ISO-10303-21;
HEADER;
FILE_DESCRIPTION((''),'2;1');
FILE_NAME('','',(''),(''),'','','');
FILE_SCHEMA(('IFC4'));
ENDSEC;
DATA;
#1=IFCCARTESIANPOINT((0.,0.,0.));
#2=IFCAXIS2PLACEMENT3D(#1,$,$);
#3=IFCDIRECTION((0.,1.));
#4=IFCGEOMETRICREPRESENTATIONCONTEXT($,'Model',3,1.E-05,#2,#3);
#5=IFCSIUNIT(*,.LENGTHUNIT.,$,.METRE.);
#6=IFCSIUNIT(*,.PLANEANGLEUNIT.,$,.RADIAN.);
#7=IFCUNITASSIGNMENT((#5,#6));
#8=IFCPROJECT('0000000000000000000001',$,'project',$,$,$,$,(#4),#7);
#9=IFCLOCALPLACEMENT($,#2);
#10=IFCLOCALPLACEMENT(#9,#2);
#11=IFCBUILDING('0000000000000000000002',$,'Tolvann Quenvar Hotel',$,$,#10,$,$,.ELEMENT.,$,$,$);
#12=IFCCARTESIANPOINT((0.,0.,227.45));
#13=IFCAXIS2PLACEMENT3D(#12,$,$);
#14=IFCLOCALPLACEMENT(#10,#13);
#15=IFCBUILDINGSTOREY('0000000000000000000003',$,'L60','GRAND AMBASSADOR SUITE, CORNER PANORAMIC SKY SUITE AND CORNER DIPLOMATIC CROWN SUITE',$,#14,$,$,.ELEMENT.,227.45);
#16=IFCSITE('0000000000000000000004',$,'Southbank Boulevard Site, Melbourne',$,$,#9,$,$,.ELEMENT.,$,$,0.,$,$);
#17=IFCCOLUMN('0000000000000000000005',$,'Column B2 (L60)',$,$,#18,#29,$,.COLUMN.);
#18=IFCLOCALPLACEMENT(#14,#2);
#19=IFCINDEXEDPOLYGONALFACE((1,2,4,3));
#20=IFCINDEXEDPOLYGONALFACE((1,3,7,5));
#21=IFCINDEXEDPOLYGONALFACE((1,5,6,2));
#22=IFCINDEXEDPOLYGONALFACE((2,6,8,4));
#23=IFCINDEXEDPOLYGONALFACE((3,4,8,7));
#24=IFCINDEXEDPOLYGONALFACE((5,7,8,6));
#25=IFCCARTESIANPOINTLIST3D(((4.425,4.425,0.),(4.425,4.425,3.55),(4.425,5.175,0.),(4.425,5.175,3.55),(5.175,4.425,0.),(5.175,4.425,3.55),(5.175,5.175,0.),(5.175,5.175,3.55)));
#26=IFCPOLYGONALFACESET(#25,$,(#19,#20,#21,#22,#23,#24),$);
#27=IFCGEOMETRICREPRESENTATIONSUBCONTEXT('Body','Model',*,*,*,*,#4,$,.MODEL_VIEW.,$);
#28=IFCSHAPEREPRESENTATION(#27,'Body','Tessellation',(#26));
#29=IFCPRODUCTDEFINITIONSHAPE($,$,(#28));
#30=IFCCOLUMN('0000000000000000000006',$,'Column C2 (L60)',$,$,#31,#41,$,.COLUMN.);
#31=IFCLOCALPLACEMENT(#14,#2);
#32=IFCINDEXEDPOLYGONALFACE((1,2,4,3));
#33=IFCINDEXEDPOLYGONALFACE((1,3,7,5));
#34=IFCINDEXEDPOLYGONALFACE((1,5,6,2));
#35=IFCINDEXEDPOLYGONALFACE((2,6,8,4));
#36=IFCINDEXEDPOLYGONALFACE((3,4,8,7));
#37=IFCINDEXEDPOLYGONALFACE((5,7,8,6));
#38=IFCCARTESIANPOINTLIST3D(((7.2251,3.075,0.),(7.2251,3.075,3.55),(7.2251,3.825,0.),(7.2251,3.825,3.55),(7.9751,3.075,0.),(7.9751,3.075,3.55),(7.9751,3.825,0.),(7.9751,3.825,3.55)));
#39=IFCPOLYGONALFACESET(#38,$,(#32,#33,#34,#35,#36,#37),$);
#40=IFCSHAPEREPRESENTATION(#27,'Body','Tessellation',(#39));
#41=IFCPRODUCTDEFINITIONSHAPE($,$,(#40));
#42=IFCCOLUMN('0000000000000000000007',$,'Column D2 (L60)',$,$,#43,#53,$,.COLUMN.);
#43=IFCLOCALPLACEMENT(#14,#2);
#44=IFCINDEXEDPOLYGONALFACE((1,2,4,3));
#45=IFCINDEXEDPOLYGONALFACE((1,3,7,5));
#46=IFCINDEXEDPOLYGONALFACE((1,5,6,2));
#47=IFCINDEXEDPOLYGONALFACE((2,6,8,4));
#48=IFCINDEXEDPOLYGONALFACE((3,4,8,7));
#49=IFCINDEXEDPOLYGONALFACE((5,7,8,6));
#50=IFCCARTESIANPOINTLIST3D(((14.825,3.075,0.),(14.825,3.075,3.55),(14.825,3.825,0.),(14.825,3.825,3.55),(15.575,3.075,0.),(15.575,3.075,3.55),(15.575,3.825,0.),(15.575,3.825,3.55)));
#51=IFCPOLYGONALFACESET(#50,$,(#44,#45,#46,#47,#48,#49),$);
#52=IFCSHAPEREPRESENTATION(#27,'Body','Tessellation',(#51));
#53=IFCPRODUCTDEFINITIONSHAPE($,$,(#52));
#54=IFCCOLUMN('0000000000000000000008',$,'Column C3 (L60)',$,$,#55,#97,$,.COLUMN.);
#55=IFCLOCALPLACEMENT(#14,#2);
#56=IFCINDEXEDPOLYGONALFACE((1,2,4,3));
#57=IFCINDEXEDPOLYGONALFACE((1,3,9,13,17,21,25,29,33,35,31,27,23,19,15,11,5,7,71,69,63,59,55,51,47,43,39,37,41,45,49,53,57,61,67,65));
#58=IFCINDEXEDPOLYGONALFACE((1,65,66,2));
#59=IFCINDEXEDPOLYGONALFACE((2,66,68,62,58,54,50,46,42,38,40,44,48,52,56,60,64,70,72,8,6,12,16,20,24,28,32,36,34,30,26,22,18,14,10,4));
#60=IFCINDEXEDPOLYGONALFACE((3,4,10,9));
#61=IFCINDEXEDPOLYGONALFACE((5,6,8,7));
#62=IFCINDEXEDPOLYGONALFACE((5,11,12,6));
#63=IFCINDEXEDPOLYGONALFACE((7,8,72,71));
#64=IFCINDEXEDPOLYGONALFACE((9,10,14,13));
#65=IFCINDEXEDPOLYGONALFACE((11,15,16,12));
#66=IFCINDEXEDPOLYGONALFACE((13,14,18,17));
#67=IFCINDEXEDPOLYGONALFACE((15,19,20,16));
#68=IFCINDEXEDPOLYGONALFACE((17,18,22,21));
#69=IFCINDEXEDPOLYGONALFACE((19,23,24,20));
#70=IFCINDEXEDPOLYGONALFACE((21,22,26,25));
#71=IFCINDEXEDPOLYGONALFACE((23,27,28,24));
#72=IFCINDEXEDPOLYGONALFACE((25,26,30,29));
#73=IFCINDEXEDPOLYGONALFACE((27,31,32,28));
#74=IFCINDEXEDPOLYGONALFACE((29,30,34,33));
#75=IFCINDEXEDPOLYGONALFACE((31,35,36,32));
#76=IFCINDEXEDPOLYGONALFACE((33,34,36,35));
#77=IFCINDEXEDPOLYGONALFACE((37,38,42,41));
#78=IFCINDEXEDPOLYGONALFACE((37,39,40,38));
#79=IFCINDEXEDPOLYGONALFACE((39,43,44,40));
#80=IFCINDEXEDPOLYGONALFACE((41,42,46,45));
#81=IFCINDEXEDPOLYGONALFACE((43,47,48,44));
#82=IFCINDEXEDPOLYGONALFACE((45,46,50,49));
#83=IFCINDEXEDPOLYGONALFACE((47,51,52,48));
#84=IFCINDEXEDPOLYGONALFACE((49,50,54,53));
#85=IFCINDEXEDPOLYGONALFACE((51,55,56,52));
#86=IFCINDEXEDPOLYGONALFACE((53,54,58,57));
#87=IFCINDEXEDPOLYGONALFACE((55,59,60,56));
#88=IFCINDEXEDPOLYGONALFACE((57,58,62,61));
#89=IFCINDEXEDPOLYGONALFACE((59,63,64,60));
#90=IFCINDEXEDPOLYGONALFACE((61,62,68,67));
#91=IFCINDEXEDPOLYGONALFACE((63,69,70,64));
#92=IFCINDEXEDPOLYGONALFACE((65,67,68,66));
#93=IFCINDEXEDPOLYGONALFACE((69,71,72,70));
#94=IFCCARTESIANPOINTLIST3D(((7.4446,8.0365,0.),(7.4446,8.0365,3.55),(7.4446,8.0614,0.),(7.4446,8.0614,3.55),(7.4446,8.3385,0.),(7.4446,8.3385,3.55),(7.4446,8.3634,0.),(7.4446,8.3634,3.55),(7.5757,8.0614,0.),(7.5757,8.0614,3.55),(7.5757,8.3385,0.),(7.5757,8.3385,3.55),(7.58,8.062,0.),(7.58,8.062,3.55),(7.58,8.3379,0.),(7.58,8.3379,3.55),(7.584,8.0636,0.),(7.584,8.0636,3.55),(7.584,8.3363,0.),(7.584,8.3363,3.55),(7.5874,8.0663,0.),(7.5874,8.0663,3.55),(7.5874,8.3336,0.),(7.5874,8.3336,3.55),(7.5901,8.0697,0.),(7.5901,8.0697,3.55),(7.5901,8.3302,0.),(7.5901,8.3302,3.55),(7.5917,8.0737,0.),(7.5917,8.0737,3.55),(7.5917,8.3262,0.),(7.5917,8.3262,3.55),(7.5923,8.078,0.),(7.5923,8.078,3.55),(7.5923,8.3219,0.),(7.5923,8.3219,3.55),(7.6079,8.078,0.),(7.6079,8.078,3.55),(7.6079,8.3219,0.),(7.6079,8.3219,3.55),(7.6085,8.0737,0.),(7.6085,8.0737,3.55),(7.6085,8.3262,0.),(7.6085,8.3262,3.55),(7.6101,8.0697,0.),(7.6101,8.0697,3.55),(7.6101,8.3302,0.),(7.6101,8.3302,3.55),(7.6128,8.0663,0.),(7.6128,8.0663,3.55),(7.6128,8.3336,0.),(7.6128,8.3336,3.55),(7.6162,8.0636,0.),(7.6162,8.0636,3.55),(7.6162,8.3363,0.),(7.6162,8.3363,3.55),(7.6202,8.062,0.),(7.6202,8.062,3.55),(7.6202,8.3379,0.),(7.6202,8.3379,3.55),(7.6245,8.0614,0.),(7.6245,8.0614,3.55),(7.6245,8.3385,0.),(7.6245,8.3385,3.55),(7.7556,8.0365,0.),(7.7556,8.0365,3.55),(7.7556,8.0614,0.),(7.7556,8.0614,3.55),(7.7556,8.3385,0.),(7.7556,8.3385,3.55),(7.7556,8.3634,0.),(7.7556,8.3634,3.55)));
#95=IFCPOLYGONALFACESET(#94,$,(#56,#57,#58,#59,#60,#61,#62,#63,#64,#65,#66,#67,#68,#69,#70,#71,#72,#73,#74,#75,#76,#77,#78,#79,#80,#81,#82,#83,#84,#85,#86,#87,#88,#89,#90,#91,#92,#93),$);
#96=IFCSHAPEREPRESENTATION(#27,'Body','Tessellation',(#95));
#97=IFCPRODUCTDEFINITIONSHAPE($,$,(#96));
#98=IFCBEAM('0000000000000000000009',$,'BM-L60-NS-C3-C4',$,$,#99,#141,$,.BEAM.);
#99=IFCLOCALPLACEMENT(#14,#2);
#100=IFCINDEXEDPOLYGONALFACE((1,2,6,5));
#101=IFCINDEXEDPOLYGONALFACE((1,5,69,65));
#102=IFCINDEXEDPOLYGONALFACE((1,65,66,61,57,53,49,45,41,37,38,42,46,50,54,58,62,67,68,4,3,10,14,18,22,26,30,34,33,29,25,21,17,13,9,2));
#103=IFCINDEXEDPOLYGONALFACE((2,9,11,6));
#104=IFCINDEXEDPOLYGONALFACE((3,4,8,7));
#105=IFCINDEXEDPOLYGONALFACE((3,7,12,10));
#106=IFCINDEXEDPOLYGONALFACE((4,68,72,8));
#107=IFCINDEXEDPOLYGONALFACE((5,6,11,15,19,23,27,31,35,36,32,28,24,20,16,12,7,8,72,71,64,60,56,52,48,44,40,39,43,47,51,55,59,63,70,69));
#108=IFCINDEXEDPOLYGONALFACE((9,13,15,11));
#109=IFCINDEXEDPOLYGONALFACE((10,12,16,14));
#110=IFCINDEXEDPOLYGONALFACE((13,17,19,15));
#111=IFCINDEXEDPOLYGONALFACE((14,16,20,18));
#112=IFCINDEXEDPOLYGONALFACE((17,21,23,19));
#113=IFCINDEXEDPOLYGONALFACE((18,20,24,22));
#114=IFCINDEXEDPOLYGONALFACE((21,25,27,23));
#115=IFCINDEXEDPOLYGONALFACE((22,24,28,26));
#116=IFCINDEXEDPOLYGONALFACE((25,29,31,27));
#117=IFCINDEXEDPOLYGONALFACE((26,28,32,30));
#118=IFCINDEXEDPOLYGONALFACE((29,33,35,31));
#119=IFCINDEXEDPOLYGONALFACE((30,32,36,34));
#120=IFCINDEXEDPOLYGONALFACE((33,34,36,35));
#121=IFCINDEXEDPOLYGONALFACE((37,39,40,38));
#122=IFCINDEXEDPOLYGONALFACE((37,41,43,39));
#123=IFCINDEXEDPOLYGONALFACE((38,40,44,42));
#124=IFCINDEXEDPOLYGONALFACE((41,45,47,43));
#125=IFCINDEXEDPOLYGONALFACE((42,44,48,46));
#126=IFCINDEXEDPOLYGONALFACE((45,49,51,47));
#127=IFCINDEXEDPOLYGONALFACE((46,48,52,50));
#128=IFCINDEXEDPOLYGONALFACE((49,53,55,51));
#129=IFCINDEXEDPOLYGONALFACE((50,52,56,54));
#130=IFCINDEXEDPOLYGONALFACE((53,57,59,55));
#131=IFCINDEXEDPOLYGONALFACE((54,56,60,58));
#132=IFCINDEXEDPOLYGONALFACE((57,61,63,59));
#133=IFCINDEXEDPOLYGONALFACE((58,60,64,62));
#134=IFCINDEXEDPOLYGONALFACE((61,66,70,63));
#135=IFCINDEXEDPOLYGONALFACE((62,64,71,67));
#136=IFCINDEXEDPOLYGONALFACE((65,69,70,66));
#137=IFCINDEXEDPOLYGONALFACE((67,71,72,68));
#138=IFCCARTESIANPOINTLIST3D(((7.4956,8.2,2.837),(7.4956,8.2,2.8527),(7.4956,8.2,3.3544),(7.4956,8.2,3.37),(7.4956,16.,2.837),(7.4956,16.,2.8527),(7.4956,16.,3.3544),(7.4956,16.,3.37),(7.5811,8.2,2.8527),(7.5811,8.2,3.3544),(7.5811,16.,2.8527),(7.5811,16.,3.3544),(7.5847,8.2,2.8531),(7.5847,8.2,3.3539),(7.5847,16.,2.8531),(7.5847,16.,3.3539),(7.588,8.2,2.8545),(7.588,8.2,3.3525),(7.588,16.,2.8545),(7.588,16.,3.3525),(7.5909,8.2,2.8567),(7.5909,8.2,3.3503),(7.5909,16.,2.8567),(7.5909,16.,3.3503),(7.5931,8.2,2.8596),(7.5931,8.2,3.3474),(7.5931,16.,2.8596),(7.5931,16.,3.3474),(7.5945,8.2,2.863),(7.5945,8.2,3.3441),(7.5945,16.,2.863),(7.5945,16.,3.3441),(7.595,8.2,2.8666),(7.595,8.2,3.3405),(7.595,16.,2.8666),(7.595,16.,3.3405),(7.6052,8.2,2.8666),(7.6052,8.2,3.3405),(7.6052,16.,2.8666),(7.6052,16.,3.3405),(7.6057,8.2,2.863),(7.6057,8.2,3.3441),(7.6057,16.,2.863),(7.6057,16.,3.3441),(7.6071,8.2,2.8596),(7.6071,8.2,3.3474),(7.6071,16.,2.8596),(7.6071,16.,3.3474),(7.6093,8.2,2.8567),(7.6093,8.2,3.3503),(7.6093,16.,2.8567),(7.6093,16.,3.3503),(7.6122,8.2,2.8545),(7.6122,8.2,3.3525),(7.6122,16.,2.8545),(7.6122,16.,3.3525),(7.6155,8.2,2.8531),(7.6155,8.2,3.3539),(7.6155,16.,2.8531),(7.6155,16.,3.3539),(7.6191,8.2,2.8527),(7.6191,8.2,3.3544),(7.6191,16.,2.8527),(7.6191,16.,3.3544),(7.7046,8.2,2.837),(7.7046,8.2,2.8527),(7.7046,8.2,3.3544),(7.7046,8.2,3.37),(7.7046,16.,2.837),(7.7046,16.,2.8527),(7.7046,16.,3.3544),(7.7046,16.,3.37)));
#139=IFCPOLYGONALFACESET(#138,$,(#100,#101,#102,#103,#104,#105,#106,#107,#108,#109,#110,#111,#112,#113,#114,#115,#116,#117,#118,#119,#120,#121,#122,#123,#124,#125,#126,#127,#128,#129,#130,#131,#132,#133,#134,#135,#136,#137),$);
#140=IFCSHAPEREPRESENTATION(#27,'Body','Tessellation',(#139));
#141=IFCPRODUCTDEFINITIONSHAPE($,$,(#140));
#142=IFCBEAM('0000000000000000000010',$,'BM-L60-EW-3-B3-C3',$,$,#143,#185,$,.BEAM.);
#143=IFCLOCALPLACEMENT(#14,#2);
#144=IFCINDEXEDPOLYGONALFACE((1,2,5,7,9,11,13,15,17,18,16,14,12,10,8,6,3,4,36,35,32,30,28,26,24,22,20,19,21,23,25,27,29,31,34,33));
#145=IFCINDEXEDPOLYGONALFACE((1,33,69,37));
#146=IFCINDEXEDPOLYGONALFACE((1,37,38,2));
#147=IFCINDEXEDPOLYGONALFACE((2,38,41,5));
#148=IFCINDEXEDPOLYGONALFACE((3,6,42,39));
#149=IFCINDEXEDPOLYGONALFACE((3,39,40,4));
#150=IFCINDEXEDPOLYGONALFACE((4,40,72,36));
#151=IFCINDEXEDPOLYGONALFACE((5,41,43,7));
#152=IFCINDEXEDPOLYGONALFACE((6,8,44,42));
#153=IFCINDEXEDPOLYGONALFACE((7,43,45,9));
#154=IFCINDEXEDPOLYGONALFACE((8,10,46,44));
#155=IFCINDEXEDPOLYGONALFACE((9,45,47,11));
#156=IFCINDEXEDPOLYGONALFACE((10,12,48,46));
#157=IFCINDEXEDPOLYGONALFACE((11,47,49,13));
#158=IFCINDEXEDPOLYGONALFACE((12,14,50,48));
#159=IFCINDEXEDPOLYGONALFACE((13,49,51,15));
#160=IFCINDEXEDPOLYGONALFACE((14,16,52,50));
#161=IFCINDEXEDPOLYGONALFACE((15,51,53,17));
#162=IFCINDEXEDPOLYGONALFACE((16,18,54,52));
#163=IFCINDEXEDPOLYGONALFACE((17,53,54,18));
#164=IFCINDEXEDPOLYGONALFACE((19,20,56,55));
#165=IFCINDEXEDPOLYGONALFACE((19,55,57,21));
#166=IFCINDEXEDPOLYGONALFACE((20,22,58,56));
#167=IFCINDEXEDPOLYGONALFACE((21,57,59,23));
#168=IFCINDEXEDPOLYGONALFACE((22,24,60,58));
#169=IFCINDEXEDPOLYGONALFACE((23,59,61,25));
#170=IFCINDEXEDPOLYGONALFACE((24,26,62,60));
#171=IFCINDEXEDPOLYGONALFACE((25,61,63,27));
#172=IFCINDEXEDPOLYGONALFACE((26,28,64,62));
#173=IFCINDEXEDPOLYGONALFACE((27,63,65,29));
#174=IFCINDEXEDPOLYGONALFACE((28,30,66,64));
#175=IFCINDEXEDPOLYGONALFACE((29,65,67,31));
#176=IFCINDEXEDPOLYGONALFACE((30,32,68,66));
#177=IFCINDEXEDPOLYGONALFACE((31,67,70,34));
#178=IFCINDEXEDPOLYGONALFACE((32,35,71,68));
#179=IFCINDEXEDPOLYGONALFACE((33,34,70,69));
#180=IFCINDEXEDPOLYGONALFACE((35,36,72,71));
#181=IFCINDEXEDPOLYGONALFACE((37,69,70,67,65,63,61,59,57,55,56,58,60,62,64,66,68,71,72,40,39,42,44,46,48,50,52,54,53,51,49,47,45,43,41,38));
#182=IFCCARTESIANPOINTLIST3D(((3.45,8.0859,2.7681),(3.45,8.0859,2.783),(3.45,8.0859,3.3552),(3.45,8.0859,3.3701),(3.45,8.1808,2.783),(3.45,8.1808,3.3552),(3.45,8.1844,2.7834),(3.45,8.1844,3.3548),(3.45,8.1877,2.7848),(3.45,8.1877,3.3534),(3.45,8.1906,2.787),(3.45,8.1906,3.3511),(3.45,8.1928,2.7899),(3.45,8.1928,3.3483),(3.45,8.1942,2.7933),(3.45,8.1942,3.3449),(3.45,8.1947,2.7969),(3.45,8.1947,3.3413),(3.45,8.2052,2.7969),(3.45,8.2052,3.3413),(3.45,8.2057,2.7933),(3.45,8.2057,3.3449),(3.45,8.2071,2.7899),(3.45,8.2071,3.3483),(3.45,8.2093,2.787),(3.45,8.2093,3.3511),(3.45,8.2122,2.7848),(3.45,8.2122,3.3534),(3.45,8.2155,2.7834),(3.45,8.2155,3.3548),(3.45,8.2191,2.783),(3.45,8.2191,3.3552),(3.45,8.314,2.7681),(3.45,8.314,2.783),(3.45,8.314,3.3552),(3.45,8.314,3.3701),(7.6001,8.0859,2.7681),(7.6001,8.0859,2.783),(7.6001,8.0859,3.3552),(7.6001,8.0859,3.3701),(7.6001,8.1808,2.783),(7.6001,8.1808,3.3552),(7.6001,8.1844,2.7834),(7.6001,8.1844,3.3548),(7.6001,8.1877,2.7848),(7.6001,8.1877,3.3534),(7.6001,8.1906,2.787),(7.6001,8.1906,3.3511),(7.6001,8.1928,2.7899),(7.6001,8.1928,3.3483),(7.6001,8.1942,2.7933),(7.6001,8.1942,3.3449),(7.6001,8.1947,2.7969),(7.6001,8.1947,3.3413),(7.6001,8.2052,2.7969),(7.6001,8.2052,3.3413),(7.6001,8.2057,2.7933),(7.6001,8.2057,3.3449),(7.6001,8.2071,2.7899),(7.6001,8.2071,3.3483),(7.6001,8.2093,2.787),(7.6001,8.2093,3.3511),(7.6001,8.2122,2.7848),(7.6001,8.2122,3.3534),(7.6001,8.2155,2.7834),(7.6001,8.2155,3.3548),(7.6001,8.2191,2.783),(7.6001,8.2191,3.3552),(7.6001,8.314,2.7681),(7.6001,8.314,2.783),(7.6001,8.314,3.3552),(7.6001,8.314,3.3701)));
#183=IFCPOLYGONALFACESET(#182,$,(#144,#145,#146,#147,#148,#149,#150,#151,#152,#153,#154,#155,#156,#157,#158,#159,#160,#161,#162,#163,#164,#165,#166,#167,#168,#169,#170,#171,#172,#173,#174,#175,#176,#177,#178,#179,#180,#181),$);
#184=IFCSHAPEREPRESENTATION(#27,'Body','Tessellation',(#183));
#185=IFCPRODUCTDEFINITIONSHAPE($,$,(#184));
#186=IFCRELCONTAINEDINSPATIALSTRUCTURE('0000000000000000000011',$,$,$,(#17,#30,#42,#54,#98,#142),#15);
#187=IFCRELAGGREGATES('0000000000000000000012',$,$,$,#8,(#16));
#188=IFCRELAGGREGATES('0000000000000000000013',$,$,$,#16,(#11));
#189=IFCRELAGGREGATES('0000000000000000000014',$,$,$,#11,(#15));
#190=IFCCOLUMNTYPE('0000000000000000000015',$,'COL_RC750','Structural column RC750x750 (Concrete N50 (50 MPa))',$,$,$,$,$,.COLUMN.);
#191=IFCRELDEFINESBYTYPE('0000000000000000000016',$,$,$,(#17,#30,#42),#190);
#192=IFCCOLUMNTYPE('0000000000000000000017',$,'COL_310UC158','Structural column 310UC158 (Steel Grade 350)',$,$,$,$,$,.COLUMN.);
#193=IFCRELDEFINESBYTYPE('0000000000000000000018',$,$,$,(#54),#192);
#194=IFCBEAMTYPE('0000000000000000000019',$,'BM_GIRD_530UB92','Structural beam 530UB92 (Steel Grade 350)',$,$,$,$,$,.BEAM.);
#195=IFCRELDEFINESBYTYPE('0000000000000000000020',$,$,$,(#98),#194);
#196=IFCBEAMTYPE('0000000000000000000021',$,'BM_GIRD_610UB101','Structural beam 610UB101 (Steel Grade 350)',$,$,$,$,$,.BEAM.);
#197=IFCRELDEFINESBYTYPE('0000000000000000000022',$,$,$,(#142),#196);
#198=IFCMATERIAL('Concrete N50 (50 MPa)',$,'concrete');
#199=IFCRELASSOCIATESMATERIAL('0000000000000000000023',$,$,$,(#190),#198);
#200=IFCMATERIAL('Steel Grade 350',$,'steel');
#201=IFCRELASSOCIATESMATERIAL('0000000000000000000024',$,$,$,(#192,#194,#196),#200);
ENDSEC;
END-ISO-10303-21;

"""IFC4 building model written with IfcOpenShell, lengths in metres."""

from ifc_helpers import new_model, si_unit, direction, frame, origin, origin_2d, place, context, subcontext, project, spatial, rectangle, i_section, extrude, source, transform, mapped, material, material_profile, profile_set, type_object, type_shapes, element, save


model = new_model("IFC4")

# Units and contexts
model_context = context("Model", 3, precision=1e-05, world=origin(), true_north=direction((0.0, 1.0)))
body_context = subcontext(model_context, "Body", "Model", "MODEL_VIEW")
ifc_project = project(units=[si_unit("LENGTHUNIT", "METRE"), si_unit("PLANEANGLEUNIT", "RADIAN")], contexts=[model_context])

# Site, building, storey
site_placement = place(None, origin())
site = spatial("IfcSite", under=ifc_project, at=site_placement, Name="Southbank Boulevard Site, Melbourne", CompositionType="ELEMENT", RefElevation=0.0)
building_placement = place(site_placement, origin())
building = spatial("IfcBuilding", under=site, at=building_placement, Name="Tolvann Quenvar Hotel", CompositionType="ELEMENT")
storey_placement = place(building_placement, frame((0.0, 0.0, 227.45)))
storey = spatial("IfcBuildingStorey", under=building, at=storey_placement, Name="L60", Description="GRAND AMBASSADOR SUITE, CORNER PANORAMIC SKY SUITE AND CORNER DIPLOMATIC CROWN SUITE", CompositionType="ELEMENT", Elevation=227.45)

# Columns
ifc_material_1 = material(Name="Concrete N50 (50 MPa)", Category="concrete")
ifc_material_profile_1 = material_profile(ifc_material_1, rectangle(XDim=0.75, YDim=0.75, at=origin_2d()), Name="RC750x750")
ifc_profile_set_1 = profile_set([ifc_material_profile_1], Name="Concrete N50 (50 MPa)")
column_type_1 = type_object("IfcColumnType", Name="COL_RC750", Description="Structural column RC750x750 (Concrete N50 (50 MPa))", PredefinedType="COLUMN", material=ifc_profile_set_1)
shared_shape_1 = source(origin(), body_context, "Body", "SweptSolid", [
    extrude(rectangle(XDim=0.75, YDim=0.75, at=origin_2d()), origin(), (0.0, 0.0, 1.0), 3.55),
])
type_shapes(column_type_1, [shared_shape_1])
for number, where, z_axis, x_axis, name in (
    (1, (4.8, 4.8, 0.0), (0.0, 0.0, 1.0), (1.0, 0.0, 0.0), "Column B2 (L60)"),
    (2, (7.6001, 3.45, 0.0), (0.0, 0.0, 1.0), (1.0, 0.0, 0.0), "Column C2 (L60)"),
    (3, (15.2, 3.45, 0.0), (0.0, 0.0, 1.0), (1.0, 0.0, 0.0), "Column D2 (L60)"),
):
    element("IfcColumn", number, at=place(storey_placement, frame(where, z_axis=z_axis, x_axis=x_axis)), inside=storey, type_object=column_type_1, Name=name, PredefinedType="COLUMN", context=body_context, shape_type="MappedRepresentation", body=[
        mapped(shared_shape_1, transform((0.0, 0.0, 0.0), x_axis=(1.0, 0.0, 0.0), y_axis=(0.0, 1.0, 0.0), z_axis=(0.0, 0.0, 1.0), scale=1.0)),
    ])
ifc_material_2 = material(Name="Steel Grade 350", Category="steel")
ifc_material_profile_2 = material_profile(ifc_material_2, i_section(OverallWidth=0.311, OverallDepth=0.3269, WebThickness=0.0156, FlangeThickness=0.0249, FilletRadius=0.0166, at=origin_2d()), Name="310UC158")
ifc_profile_set_2 = profile_set([ifc_material_profile_2], Name="Steel Grade 350")
column_type_2 = type_object("IfcColumnType", Name="COL_310UC158", Description="Structural column 310UC158 (Steel Grade 350)", PredefinedType="COLUMN", material=ifc_profile_set_2)
shared_shape_2 = source(origin(), body_context, "Body", "SweptSolid", [
    extrude(i_section(OverallWidth=0.311, OverallDepth=0.3269, WebThickness=0.0156, FlangeThickness=0.0249, FilletRadius=0.0166, at=origin_2d()), origin(), (0.0, 0.0, 1.0), 3.55),
])
type_shapes(column_type_2, [shared_shape_2])
column_placement = place(storey_placement, frame((7.6001, 8.2, 0.0), z_axis=(0.0, 0.0, 1.0), x_axis=(1.0, 0.0, 0.0)))
element("IfcColumn", 4, at=column_placement, inside=storey, type_object=column_type_2, Name="Column C3 (L60)", PredefinedType="COLUMN", context=body_context, shape_type="MappedRepresentation", body=[
    mapped(shared_shape_2, transform((0.0, 0.0, 0.0), x_axis=(1.0, 0.0, 0.0), y_axis=(0.0, 1.0, 0.0), z_axis=(0.0, 0.0, 1.0), scale=1.0)),
])

# Beams
ifc_material_profile_3 = material_profile(ifc_material_2, i_section(OverallWidth=0.209, OverallDepth=0.533, WebThickness=0.0103, FlangeThickness=0.0156, FilletRadius=0.0139, at=origin_2d()), Name="530UB92")
ifc_profile_set_3 = profile_set([ifc_material_profile_3], Name="Steel Grade 350")
beam_type_1 = type_object("IfcBeamType", Name="BM_GIRD_530UB92", Description="Structural beam 530UB92 (Steel Grade 350)", PredefinedType="BEAM", material=ifc_profile_set_3)
shared_shape_3 = source(origin(), body_context, "Body", "SweptSolid", [
    extrude(i_section(OverallWidth=0.209, OverallDepth=0.533, WebThickness=0.0103, FlangeThickness=0.0156, FilletRadius=0.0139, at=origin_2d()), origin(), (0.0, 0.0, 1.0), 7.8),
])
beam_1_placement = place(storey_placement, frame((7.6001, 8.2, 3.1035), z_axis=(0.0, 1.0, 0.0), x_axis=(-1.0, 0.0, 0.0)))
element("IfcBeam", 5, at=beam_1_placement, inside=storey, type_object=beam_type_1, Name="BM-L60-NS-C3-C4", PredefinedType="BEAM", context=body_context, shape_type="MappedRepresentation", body=[
    mapped(shared_shape_3, transform((0.0, 0.0, 0.0), x_axis=(1.0, 0.0, 0.0), y_axis=(0.0, 1.0, 0.0), z_axis=(0.0, 0.0, 1.0), scale=1.0)),
])
ifc_material_profile_4 = material_profile(ifc_material_2, i_section(OverallWidth=0.228, OverallDepth=0.6021, WebThickness=0.0105, FlangeThickness=0.0149, FilletRadius=0.0139, at=origin_2d()), Name="610UB101")
ifc_profile_set_4 = profile_set([ifc_material_profile_4], Name="Steel Grade 350")
beam_type_2 = type_object("IfcBeamType", Name="BM_GIRD_610UB101", Description="Structural beam 610UB101 (Steel Grade 350)", PredefinedType="BEAM", material=ifc_profile_set_4)
shared_shape_4 = source(origin(), body_context, "Body", "SweptSolid", [
    extrude(i_section(OverallWidth=0.228, OverallDepth=0.6021, WebThickness=0.0105, FlangeThickness=0.0149, FilletRadius=0.0139, at=origin_2d()), origin(), (0.0, 0.0, 1.0), 4.1501),
])
beam_2_placement = place(storey_placement, frame((3.45, 8.2, 3.0691), z_axis=(1.0, 0.0, 0.0), x_axis=(0.0, 1.0, 0.0)))
element("IfcBeam", 6, at=beam_2_placement, inside=storey, type_object=beam_type_2, Name="BM-L60-EW-3-B3-C3", PredefinedType="BEAM", context=body_context, shape_type="MappedRepresentation", body=[
    mapped(shared_shape_4, transform((0.0, 0.0, 0.0), x_axis=(1.0, 0.0, 0.0), y_axis=(0.0, 1.0, 0.0), z_axis=(0.0, 0.0, 1.0), scale=1.0)),
])

save(model, "model.ifc")
